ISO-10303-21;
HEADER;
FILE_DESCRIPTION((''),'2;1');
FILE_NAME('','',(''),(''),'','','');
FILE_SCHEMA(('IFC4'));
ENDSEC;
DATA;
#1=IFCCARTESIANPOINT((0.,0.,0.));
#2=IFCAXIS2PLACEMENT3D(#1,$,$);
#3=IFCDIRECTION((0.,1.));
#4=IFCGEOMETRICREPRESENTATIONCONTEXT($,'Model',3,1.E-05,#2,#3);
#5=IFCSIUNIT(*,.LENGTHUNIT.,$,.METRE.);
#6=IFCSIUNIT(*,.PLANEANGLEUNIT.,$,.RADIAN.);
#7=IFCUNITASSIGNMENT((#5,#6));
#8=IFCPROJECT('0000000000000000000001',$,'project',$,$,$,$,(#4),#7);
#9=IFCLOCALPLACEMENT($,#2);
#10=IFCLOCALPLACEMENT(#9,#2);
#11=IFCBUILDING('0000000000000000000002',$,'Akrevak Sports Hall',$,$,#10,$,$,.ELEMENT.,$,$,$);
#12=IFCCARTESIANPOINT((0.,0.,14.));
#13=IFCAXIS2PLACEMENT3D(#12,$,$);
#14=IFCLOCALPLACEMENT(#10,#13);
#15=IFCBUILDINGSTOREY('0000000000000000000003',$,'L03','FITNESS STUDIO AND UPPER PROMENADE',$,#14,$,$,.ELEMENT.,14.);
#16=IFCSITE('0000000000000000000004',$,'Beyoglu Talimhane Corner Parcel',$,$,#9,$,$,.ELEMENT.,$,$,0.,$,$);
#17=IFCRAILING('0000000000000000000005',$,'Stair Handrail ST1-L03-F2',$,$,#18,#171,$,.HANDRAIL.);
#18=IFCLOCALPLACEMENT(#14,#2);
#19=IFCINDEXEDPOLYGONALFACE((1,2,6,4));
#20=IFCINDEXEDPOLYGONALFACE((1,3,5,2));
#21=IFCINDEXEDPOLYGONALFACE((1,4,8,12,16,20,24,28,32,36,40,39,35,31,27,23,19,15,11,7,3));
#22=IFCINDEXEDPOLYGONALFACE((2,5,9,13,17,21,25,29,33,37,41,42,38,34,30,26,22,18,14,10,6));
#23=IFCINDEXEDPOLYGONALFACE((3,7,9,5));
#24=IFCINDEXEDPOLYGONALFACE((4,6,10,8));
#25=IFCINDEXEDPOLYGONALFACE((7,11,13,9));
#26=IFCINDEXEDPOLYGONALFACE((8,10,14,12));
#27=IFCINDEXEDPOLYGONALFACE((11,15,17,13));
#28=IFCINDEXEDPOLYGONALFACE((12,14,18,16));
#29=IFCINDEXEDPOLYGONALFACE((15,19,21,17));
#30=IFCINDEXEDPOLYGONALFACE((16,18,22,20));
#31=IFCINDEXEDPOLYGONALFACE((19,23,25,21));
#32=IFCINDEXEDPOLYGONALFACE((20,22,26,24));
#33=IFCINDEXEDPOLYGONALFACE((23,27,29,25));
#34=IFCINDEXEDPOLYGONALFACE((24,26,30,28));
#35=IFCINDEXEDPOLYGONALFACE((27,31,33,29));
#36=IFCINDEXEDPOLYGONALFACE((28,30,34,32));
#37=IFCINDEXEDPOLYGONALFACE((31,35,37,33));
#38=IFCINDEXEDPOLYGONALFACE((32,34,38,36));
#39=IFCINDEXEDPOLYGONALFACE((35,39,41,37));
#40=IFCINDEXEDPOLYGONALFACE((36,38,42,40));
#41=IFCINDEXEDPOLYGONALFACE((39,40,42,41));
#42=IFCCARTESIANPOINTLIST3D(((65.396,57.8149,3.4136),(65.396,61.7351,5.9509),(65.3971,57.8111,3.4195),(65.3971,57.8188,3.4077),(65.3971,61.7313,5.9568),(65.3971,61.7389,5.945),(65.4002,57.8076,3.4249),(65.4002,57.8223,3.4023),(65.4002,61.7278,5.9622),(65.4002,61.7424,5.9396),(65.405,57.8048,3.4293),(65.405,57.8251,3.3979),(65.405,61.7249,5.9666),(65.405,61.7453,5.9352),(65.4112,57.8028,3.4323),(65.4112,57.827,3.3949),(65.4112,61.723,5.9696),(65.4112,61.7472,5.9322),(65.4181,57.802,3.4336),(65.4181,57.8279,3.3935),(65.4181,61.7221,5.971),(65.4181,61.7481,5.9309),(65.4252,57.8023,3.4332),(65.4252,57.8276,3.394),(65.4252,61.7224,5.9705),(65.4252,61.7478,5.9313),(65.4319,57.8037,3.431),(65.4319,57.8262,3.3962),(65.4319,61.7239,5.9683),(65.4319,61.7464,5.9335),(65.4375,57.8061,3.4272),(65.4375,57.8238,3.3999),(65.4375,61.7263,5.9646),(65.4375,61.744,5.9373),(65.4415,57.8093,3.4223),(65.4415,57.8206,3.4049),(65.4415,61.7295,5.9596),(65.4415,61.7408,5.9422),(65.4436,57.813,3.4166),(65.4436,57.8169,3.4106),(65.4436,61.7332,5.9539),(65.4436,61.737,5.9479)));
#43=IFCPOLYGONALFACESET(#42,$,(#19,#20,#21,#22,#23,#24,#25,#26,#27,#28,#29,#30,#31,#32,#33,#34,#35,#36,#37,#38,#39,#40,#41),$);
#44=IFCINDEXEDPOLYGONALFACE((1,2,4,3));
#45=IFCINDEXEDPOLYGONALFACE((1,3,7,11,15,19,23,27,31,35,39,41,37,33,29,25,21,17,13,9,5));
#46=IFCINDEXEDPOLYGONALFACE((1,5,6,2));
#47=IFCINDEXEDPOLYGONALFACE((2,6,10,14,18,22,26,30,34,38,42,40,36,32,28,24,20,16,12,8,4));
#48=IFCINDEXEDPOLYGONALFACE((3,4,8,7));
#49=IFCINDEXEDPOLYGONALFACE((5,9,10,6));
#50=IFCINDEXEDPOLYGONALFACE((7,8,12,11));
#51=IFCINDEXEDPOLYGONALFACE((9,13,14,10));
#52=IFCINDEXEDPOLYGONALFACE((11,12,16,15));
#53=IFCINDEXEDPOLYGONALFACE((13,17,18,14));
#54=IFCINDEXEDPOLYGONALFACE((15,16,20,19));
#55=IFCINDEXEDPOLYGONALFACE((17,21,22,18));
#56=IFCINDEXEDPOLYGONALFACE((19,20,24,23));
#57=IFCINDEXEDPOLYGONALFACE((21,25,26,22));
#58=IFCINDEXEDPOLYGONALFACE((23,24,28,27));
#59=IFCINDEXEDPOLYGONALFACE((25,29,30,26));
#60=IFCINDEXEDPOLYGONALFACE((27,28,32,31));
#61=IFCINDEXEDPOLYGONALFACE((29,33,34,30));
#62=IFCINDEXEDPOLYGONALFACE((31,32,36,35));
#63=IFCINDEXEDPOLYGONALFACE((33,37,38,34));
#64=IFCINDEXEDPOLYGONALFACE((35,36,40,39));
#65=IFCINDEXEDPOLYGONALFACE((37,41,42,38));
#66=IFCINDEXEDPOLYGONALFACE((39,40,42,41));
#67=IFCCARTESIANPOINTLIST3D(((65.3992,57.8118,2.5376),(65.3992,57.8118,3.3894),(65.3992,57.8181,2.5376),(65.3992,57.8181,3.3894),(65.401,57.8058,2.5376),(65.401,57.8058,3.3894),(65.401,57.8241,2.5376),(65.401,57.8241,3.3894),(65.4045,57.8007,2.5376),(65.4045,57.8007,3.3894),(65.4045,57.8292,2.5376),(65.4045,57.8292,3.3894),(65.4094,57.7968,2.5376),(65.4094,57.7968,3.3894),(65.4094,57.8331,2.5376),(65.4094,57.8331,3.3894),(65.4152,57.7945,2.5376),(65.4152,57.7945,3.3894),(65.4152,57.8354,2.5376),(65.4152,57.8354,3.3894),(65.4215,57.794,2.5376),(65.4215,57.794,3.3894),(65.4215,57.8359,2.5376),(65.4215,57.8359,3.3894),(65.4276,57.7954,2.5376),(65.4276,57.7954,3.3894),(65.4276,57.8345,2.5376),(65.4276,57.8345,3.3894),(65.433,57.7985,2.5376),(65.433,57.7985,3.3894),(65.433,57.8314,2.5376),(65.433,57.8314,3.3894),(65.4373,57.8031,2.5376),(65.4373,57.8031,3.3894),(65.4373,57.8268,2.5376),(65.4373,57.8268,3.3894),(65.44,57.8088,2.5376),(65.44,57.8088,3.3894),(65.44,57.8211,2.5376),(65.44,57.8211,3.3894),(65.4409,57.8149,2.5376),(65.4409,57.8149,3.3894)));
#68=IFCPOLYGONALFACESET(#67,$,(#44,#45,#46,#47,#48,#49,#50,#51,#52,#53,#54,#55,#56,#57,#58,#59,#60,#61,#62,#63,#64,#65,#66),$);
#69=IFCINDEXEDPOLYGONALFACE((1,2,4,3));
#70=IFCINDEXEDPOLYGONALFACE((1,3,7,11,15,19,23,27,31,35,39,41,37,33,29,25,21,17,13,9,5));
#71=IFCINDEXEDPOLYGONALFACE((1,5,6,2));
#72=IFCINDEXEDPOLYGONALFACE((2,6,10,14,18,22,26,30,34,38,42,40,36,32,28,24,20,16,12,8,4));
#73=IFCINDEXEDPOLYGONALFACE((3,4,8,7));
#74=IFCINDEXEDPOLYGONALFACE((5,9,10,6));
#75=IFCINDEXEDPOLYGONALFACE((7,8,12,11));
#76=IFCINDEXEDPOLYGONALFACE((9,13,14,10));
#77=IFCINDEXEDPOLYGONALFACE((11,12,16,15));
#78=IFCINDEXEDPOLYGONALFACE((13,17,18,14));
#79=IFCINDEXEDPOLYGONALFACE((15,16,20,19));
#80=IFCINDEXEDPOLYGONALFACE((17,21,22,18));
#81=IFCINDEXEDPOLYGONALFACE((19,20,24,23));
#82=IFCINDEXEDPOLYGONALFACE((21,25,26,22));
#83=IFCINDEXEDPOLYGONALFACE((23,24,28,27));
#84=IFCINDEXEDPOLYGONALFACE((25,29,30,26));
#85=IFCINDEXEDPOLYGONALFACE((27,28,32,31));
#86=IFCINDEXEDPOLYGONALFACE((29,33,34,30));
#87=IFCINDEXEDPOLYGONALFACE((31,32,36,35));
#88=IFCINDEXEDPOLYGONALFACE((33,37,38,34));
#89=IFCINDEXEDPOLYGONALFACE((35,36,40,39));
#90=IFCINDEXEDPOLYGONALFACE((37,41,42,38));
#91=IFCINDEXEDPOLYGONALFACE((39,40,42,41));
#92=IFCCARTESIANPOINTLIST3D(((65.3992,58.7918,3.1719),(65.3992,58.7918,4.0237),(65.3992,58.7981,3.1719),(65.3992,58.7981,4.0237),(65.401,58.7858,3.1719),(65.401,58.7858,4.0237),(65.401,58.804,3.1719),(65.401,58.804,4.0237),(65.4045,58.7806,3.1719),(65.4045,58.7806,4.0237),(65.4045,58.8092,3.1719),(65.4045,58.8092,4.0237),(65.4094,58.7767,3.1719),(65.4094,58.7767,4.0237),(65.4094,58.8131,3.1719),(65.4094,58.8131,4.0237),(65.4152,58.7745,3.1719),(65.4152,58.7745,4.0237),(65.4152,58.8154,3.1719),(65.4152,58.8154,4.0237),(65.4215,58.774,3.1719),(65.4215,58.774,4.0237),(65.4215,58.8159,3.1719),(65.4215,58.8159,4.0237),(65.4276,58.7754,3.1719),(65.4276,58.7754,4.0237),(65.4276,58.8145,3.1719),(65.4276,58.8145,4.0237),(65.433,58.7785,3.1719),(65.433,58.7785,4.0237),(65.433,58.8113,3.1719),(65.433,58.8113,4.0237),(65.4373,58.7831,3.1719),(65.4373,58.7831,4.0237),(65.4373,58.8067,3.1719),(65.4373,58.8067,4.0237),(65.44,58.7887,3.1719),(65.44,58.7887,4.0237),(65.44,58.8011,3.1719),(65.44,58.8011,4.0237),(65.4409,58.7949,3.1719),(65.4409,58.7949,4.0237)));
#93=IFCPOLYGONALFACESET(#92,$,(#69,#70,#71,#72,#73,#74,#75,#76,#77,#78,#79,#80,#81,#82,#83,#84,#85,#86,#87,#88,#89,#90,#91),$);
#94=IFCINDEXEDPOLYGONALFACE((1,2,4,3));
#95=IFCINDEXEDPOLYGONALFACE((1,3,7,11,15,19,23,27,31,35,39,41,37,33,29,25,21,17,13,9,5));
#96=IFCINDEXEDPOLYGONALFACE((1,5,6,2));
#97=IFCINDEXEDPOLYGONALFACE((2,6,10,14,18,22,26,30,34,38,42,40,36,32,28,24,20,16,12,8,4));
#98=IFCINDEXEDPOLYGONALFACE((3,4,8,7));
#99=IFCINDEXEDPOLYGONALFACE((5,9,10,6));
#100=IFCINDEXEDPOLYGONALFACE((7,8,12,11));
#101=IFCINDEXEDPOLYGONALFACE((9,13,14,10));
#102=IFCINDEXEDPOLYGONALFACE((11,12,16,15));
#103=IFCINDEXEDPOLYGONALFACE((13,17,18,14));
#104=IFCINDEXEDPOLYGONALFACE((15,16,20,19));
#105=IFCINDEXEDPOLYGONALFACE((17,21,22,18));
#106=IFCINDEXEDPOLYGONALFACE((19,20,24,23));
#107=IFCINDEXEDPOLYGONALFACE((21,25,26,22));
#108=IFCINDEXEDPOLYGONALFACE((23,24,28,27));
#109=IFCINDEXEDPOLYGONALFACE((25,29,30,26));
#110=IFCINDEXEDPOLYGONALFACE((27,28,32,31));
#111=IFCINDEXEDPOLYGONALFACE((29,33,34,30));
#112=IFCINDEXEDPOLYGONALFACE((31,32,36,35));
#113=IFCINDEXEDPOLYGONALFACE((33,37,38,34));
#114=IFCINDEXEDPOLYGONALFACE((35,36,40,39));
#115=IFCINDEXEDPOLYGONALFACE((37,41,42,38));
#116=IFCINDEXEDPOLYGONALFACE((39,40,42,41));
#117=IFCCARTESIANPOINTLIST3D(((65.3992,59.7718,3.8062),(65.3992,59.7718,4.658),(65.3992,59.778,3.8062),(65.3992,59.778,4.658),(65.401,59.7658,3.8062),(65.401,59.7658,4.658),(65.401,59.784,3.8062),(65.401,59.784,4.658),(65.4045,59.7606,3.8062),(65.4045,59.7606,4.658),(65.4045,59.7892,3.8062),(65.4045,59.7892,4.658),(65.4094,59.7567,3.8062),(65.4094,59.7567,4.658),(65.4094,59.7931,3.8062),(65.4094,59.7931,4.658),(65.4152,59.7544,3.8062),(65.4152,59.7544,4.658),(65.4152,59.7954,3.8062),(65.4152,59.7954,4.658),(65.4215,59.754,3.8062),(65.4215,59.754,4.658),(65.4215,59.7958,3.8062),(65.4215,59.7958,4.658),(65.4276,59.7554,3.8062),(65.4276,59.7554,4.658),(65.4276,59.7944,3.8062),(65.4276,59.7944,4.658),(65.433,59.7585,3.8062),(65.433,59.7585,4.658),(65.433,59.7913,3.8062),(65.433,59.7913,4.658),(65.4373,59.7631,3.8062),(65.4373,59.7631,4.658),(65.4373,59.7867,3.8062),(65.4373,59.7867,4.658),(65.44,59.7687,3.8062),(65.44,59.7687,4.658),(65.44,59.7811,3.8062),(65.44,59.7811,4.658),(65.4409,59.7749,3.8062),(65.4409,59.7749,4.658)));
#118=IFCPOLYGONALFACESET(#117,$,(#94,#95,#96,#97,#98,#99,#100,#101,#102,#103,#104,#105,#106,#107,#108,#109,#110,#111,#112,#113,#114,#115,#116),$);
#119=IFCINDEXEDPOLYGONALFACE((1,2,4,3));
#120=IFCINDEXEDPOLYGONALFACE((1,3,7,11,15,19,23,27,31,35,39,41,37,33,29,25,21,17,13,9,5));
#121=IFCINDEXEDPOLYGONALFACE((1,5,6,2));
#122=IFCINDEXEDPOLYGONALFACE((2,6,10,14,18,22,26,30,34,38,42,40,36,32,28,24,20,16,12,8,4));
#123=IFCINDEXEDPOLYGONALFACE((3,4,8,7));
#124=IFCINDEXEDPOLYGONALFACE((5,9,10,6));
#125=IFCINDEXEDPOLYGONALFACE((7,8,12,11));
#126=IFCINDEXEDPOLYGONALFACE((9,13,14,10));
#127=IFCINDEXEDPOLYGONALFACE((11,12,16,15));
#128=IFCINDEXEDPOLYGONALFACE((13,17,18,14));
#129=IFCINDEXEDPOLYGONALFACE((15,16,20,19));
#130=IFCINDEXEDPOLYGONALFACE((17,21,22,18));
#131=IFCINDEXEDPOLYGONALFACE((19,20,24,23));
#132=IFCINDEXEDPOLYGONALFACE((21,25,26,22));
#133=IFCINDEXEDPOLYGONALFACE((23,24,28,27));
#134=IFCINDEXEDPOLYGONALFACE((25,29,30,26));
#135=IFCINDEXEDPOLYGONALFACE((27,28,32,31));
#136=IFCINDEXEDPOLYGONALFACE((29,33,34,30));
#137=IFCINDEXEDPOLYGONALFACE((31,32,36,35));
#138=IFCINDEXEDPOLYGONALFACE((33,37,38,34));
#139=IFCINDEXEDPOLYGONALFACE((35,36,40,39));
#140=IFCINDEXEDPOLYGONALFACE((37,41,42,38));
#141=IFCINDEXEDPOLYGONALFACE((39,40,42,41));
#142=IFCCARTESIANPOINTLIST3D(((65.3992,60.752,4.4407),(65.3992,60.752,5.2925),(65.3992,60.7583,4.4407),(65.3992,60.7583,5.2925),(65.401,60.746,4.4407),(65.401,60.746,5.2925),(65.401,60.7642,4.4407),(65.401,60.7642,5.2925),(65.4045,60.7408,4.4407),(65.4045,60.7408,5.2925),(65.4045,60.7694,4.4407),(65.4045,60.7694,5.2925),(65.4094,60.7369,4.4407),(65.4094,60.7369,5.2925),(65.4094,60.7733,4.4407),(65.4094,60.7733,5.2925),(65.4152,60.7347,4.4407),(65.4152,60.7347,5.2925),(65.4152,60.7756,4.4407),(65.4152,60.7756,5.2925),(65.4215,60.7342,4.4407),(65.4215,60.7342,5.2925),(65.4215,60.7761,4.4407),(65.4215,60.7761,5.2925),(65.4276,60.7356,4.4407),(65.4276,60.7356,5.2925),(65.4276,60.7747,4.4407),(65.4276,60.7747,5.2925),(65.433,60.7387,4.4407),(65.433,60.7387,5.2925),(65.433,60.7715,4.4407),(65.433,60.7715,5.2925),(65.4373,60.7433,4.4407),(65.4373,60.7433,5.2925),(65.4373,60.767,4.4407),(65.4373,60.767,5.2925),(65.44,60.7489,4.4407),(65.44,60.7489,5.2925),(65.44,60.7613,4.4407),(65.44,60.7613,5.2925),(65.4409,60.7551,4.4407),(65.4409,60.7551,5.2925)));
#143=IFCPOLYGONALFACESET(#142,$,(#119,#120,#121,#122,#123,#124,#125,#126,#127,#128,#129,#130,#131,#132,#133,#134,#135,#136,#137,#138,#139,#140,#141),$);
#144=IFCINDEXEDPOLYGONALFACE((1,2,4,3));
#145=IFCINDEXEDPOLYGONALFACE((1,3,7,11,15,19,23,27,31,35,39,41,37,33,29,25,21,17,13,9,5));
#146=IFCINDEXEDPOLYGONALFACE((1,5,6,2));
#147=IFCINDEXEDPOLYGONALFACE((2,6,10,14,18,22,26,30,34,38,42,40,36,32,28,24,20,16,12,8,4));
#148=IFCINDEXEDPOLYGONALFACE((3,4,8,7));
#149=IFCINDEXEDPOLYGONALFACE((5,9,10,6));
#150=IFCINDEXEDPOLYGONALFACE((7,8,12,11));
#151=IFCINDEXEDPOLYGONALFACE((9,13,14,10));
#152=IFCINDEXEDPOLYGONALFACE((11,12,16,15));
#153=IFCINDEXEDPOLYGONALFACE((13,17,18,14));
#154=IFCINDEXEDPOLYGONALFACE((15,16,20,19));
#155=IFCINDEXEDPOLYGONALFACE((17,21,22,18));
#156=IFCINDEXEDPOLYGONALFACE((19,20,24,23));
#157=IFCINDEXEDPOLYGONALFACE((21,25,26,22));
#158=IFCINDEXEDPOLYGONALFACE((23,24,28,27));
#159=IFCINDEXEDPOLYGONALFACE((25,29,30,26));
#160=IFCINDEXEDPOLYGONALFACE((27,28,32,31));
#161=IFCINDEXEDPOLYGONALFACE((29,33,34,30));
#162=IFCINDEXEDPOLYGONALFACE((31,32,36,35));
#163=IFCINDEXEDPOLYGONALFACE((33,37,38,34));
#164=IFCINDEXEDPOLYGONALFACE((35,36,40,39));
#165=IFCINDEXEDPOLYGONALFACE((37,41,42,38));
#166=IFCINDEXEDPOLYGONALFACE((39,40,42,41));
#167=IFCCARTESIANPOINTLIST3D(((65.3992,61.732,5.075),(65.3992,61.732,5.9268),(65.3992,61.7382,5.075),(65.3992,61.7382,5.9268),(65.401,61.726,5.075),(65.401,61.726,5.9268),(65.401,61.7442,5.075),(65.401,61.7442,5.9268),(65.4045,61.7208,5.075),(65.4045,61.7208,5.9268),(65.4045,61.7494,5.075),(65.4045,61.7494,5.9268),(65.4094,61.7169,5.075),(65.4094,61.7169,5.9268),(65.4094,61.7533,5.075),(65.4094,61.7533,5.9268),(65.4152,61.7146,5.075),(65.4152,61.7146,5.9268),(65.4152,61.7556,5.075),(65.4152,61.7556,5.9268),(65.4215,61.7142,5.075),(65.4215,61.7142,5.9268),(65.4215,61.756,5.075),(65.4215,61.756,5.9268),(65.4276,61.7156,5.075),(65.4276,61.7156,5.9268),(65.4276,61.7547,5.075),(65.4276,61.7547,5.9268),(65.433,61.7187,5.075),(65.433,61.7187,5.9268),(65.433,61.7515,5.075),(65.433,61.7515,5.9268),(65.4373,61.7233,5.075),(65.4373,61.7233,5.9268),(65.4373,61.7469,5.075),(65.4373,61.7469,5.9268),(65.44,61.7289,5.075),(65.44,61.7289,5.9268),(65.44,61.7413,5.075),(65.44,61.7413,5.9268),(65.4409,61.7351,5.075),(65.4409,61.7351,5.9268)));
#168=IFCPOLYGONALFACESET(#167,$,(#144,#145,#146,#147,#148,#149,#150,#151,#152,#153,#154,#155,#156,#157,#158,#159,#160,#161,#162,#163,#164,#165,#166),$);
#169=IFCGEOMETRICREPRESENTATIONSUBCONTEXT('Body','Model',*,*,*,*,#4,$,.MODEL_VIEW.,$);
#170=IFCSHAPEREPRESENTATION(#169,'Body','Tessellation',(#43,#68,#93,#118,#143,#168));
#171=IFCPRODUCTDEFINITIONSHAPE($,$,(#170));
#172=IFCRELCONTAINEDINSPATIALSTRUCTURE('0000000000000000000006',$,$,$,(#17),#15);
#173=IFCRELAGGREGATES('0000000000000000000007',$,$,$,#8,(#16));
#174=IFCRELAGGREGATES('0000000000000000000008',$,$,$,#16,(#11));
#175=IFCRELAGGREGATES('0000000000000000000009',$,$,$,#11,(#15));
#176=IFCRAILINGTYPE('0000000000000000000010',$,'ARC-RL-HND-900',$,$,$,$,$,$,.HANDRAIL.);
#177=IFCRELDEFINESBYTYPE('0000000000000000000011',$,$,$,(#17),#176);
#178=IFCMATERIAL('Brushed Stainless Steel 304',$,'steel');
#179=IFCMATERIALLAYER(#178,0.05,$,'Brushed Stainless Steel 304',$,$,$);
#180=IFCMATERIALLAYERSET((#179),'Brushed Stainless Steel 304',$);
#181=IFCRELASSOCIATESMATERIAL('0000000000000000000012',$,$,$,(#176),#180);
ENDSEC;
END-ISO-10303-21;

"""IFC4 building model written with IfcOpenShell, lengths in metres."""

from ifc_helpers import new_model, si_unit, direction, frame, origin, origin_2d, place, context, subcontext, project, spatial, circle, extrude, material, layer, layer_set, type_object, element, save


model = new_model("IFC4")

# Units and contexts
model_context = context("Model", 3, precision=1e-05, world=origin(), true_north=direction((0.0, 1.0)))
body_context = subcontext(model_context, "Body", "Model", "MODEL_VIEW")
ifc_project = project(units=[si_unit("LENGTHUNIT", "METRE"), si_unit("PLANEANGLEUNIT", "RADIAN")], contexts=[model_context])

# Site, building, storey
site_placement = place(None, origin())
site = spatial("IfcSite", under=ifc_project, at=site_placement, Name="Beyoglu Talimhane Corner Parcel", CompositionType="ELEMENT", RefElevation=0.0)
building_placement = place(site_placement, origin())
building = spatial("IfcBuilding", under=site, at=building_placement, Name="Akrevak Sports Hall", CompositionType="ELEMENT")
storey_placement = place(building_placement, frame((0.0, 0.0, 14.0)))
storey = spatial("IfcBuildingStorey", under=building, at=storey_placement, Name="L03", Description="FITNESS STUDIO AND UPPER PROMENADE", CompositionType="ELEMENT", Elevation=14.0)

# Railing
ifc_material_1 = material(Name="Brushed Stainless Steel 304", Category="steel")
ifc_layer_1 = layer(ifc_material_1, 0.05, Name="Brushed Stainless Steel 304")
ifc_layer_set_1 = layer_set([ifc_layer_1], Name="Brushed Stainless Steel 304")
railing_type_1 = type_object("IfcRailingType", Name="ARC-RL-HND-900", PredefinedType="HANDRAIL", material=ifc_layer_set_1)
railing_1_placement = place(storey_placement, frame((65.4199, 57.8149, 2.5376)))
element("IfcRailing", 1, at=railing_1_placement, inside=storey, type_object=railing_type_1, Name="Stair Handrail ST1-L03-F2", PredefinedType="HANDRAIL", context=body_context, shape_type="SweptSolid", body=[
    extrude(circle(Radius=0.0239, at=origin_2d()), frame((0.0, 0.0, 0.876), z_axis=(0.0, 0.839494, 0.543368), x_axis=(-1.0, 0.0, 0.0)), (0.0, 0.0, 1.0), 4.6697),
    extrude(circle(Radius=0.021, at=origin_2d()), origin(), (0.0, 0.0, 1.0), 0.8518),
    extrude(circle(Radius=0.021, at=origin_2d()), frame((0.0, 0.98, 0.6343)), (0.0, 0.0, 1.0), 0.8518),
    extrude(circle(Radius=0.021, at=origin_2d()), frame((0.0, 1.96, 1.2686)), (0.0, 0.0, 1.0), 0.8518),
    extrude(circle(Radius=0.021, at=origin_2d()), frame((0.0, 2.9402, 1.9031)), (0.0, 0.0, 1.0), 0.8518),
    extrude(circle(Radius=0.021, at=origin_2d()), frame((0.0, 3.9202, 2.5374)), (0.0, 0.0, 1.0), 0.8518),
])

save(model, "model.ifc")
